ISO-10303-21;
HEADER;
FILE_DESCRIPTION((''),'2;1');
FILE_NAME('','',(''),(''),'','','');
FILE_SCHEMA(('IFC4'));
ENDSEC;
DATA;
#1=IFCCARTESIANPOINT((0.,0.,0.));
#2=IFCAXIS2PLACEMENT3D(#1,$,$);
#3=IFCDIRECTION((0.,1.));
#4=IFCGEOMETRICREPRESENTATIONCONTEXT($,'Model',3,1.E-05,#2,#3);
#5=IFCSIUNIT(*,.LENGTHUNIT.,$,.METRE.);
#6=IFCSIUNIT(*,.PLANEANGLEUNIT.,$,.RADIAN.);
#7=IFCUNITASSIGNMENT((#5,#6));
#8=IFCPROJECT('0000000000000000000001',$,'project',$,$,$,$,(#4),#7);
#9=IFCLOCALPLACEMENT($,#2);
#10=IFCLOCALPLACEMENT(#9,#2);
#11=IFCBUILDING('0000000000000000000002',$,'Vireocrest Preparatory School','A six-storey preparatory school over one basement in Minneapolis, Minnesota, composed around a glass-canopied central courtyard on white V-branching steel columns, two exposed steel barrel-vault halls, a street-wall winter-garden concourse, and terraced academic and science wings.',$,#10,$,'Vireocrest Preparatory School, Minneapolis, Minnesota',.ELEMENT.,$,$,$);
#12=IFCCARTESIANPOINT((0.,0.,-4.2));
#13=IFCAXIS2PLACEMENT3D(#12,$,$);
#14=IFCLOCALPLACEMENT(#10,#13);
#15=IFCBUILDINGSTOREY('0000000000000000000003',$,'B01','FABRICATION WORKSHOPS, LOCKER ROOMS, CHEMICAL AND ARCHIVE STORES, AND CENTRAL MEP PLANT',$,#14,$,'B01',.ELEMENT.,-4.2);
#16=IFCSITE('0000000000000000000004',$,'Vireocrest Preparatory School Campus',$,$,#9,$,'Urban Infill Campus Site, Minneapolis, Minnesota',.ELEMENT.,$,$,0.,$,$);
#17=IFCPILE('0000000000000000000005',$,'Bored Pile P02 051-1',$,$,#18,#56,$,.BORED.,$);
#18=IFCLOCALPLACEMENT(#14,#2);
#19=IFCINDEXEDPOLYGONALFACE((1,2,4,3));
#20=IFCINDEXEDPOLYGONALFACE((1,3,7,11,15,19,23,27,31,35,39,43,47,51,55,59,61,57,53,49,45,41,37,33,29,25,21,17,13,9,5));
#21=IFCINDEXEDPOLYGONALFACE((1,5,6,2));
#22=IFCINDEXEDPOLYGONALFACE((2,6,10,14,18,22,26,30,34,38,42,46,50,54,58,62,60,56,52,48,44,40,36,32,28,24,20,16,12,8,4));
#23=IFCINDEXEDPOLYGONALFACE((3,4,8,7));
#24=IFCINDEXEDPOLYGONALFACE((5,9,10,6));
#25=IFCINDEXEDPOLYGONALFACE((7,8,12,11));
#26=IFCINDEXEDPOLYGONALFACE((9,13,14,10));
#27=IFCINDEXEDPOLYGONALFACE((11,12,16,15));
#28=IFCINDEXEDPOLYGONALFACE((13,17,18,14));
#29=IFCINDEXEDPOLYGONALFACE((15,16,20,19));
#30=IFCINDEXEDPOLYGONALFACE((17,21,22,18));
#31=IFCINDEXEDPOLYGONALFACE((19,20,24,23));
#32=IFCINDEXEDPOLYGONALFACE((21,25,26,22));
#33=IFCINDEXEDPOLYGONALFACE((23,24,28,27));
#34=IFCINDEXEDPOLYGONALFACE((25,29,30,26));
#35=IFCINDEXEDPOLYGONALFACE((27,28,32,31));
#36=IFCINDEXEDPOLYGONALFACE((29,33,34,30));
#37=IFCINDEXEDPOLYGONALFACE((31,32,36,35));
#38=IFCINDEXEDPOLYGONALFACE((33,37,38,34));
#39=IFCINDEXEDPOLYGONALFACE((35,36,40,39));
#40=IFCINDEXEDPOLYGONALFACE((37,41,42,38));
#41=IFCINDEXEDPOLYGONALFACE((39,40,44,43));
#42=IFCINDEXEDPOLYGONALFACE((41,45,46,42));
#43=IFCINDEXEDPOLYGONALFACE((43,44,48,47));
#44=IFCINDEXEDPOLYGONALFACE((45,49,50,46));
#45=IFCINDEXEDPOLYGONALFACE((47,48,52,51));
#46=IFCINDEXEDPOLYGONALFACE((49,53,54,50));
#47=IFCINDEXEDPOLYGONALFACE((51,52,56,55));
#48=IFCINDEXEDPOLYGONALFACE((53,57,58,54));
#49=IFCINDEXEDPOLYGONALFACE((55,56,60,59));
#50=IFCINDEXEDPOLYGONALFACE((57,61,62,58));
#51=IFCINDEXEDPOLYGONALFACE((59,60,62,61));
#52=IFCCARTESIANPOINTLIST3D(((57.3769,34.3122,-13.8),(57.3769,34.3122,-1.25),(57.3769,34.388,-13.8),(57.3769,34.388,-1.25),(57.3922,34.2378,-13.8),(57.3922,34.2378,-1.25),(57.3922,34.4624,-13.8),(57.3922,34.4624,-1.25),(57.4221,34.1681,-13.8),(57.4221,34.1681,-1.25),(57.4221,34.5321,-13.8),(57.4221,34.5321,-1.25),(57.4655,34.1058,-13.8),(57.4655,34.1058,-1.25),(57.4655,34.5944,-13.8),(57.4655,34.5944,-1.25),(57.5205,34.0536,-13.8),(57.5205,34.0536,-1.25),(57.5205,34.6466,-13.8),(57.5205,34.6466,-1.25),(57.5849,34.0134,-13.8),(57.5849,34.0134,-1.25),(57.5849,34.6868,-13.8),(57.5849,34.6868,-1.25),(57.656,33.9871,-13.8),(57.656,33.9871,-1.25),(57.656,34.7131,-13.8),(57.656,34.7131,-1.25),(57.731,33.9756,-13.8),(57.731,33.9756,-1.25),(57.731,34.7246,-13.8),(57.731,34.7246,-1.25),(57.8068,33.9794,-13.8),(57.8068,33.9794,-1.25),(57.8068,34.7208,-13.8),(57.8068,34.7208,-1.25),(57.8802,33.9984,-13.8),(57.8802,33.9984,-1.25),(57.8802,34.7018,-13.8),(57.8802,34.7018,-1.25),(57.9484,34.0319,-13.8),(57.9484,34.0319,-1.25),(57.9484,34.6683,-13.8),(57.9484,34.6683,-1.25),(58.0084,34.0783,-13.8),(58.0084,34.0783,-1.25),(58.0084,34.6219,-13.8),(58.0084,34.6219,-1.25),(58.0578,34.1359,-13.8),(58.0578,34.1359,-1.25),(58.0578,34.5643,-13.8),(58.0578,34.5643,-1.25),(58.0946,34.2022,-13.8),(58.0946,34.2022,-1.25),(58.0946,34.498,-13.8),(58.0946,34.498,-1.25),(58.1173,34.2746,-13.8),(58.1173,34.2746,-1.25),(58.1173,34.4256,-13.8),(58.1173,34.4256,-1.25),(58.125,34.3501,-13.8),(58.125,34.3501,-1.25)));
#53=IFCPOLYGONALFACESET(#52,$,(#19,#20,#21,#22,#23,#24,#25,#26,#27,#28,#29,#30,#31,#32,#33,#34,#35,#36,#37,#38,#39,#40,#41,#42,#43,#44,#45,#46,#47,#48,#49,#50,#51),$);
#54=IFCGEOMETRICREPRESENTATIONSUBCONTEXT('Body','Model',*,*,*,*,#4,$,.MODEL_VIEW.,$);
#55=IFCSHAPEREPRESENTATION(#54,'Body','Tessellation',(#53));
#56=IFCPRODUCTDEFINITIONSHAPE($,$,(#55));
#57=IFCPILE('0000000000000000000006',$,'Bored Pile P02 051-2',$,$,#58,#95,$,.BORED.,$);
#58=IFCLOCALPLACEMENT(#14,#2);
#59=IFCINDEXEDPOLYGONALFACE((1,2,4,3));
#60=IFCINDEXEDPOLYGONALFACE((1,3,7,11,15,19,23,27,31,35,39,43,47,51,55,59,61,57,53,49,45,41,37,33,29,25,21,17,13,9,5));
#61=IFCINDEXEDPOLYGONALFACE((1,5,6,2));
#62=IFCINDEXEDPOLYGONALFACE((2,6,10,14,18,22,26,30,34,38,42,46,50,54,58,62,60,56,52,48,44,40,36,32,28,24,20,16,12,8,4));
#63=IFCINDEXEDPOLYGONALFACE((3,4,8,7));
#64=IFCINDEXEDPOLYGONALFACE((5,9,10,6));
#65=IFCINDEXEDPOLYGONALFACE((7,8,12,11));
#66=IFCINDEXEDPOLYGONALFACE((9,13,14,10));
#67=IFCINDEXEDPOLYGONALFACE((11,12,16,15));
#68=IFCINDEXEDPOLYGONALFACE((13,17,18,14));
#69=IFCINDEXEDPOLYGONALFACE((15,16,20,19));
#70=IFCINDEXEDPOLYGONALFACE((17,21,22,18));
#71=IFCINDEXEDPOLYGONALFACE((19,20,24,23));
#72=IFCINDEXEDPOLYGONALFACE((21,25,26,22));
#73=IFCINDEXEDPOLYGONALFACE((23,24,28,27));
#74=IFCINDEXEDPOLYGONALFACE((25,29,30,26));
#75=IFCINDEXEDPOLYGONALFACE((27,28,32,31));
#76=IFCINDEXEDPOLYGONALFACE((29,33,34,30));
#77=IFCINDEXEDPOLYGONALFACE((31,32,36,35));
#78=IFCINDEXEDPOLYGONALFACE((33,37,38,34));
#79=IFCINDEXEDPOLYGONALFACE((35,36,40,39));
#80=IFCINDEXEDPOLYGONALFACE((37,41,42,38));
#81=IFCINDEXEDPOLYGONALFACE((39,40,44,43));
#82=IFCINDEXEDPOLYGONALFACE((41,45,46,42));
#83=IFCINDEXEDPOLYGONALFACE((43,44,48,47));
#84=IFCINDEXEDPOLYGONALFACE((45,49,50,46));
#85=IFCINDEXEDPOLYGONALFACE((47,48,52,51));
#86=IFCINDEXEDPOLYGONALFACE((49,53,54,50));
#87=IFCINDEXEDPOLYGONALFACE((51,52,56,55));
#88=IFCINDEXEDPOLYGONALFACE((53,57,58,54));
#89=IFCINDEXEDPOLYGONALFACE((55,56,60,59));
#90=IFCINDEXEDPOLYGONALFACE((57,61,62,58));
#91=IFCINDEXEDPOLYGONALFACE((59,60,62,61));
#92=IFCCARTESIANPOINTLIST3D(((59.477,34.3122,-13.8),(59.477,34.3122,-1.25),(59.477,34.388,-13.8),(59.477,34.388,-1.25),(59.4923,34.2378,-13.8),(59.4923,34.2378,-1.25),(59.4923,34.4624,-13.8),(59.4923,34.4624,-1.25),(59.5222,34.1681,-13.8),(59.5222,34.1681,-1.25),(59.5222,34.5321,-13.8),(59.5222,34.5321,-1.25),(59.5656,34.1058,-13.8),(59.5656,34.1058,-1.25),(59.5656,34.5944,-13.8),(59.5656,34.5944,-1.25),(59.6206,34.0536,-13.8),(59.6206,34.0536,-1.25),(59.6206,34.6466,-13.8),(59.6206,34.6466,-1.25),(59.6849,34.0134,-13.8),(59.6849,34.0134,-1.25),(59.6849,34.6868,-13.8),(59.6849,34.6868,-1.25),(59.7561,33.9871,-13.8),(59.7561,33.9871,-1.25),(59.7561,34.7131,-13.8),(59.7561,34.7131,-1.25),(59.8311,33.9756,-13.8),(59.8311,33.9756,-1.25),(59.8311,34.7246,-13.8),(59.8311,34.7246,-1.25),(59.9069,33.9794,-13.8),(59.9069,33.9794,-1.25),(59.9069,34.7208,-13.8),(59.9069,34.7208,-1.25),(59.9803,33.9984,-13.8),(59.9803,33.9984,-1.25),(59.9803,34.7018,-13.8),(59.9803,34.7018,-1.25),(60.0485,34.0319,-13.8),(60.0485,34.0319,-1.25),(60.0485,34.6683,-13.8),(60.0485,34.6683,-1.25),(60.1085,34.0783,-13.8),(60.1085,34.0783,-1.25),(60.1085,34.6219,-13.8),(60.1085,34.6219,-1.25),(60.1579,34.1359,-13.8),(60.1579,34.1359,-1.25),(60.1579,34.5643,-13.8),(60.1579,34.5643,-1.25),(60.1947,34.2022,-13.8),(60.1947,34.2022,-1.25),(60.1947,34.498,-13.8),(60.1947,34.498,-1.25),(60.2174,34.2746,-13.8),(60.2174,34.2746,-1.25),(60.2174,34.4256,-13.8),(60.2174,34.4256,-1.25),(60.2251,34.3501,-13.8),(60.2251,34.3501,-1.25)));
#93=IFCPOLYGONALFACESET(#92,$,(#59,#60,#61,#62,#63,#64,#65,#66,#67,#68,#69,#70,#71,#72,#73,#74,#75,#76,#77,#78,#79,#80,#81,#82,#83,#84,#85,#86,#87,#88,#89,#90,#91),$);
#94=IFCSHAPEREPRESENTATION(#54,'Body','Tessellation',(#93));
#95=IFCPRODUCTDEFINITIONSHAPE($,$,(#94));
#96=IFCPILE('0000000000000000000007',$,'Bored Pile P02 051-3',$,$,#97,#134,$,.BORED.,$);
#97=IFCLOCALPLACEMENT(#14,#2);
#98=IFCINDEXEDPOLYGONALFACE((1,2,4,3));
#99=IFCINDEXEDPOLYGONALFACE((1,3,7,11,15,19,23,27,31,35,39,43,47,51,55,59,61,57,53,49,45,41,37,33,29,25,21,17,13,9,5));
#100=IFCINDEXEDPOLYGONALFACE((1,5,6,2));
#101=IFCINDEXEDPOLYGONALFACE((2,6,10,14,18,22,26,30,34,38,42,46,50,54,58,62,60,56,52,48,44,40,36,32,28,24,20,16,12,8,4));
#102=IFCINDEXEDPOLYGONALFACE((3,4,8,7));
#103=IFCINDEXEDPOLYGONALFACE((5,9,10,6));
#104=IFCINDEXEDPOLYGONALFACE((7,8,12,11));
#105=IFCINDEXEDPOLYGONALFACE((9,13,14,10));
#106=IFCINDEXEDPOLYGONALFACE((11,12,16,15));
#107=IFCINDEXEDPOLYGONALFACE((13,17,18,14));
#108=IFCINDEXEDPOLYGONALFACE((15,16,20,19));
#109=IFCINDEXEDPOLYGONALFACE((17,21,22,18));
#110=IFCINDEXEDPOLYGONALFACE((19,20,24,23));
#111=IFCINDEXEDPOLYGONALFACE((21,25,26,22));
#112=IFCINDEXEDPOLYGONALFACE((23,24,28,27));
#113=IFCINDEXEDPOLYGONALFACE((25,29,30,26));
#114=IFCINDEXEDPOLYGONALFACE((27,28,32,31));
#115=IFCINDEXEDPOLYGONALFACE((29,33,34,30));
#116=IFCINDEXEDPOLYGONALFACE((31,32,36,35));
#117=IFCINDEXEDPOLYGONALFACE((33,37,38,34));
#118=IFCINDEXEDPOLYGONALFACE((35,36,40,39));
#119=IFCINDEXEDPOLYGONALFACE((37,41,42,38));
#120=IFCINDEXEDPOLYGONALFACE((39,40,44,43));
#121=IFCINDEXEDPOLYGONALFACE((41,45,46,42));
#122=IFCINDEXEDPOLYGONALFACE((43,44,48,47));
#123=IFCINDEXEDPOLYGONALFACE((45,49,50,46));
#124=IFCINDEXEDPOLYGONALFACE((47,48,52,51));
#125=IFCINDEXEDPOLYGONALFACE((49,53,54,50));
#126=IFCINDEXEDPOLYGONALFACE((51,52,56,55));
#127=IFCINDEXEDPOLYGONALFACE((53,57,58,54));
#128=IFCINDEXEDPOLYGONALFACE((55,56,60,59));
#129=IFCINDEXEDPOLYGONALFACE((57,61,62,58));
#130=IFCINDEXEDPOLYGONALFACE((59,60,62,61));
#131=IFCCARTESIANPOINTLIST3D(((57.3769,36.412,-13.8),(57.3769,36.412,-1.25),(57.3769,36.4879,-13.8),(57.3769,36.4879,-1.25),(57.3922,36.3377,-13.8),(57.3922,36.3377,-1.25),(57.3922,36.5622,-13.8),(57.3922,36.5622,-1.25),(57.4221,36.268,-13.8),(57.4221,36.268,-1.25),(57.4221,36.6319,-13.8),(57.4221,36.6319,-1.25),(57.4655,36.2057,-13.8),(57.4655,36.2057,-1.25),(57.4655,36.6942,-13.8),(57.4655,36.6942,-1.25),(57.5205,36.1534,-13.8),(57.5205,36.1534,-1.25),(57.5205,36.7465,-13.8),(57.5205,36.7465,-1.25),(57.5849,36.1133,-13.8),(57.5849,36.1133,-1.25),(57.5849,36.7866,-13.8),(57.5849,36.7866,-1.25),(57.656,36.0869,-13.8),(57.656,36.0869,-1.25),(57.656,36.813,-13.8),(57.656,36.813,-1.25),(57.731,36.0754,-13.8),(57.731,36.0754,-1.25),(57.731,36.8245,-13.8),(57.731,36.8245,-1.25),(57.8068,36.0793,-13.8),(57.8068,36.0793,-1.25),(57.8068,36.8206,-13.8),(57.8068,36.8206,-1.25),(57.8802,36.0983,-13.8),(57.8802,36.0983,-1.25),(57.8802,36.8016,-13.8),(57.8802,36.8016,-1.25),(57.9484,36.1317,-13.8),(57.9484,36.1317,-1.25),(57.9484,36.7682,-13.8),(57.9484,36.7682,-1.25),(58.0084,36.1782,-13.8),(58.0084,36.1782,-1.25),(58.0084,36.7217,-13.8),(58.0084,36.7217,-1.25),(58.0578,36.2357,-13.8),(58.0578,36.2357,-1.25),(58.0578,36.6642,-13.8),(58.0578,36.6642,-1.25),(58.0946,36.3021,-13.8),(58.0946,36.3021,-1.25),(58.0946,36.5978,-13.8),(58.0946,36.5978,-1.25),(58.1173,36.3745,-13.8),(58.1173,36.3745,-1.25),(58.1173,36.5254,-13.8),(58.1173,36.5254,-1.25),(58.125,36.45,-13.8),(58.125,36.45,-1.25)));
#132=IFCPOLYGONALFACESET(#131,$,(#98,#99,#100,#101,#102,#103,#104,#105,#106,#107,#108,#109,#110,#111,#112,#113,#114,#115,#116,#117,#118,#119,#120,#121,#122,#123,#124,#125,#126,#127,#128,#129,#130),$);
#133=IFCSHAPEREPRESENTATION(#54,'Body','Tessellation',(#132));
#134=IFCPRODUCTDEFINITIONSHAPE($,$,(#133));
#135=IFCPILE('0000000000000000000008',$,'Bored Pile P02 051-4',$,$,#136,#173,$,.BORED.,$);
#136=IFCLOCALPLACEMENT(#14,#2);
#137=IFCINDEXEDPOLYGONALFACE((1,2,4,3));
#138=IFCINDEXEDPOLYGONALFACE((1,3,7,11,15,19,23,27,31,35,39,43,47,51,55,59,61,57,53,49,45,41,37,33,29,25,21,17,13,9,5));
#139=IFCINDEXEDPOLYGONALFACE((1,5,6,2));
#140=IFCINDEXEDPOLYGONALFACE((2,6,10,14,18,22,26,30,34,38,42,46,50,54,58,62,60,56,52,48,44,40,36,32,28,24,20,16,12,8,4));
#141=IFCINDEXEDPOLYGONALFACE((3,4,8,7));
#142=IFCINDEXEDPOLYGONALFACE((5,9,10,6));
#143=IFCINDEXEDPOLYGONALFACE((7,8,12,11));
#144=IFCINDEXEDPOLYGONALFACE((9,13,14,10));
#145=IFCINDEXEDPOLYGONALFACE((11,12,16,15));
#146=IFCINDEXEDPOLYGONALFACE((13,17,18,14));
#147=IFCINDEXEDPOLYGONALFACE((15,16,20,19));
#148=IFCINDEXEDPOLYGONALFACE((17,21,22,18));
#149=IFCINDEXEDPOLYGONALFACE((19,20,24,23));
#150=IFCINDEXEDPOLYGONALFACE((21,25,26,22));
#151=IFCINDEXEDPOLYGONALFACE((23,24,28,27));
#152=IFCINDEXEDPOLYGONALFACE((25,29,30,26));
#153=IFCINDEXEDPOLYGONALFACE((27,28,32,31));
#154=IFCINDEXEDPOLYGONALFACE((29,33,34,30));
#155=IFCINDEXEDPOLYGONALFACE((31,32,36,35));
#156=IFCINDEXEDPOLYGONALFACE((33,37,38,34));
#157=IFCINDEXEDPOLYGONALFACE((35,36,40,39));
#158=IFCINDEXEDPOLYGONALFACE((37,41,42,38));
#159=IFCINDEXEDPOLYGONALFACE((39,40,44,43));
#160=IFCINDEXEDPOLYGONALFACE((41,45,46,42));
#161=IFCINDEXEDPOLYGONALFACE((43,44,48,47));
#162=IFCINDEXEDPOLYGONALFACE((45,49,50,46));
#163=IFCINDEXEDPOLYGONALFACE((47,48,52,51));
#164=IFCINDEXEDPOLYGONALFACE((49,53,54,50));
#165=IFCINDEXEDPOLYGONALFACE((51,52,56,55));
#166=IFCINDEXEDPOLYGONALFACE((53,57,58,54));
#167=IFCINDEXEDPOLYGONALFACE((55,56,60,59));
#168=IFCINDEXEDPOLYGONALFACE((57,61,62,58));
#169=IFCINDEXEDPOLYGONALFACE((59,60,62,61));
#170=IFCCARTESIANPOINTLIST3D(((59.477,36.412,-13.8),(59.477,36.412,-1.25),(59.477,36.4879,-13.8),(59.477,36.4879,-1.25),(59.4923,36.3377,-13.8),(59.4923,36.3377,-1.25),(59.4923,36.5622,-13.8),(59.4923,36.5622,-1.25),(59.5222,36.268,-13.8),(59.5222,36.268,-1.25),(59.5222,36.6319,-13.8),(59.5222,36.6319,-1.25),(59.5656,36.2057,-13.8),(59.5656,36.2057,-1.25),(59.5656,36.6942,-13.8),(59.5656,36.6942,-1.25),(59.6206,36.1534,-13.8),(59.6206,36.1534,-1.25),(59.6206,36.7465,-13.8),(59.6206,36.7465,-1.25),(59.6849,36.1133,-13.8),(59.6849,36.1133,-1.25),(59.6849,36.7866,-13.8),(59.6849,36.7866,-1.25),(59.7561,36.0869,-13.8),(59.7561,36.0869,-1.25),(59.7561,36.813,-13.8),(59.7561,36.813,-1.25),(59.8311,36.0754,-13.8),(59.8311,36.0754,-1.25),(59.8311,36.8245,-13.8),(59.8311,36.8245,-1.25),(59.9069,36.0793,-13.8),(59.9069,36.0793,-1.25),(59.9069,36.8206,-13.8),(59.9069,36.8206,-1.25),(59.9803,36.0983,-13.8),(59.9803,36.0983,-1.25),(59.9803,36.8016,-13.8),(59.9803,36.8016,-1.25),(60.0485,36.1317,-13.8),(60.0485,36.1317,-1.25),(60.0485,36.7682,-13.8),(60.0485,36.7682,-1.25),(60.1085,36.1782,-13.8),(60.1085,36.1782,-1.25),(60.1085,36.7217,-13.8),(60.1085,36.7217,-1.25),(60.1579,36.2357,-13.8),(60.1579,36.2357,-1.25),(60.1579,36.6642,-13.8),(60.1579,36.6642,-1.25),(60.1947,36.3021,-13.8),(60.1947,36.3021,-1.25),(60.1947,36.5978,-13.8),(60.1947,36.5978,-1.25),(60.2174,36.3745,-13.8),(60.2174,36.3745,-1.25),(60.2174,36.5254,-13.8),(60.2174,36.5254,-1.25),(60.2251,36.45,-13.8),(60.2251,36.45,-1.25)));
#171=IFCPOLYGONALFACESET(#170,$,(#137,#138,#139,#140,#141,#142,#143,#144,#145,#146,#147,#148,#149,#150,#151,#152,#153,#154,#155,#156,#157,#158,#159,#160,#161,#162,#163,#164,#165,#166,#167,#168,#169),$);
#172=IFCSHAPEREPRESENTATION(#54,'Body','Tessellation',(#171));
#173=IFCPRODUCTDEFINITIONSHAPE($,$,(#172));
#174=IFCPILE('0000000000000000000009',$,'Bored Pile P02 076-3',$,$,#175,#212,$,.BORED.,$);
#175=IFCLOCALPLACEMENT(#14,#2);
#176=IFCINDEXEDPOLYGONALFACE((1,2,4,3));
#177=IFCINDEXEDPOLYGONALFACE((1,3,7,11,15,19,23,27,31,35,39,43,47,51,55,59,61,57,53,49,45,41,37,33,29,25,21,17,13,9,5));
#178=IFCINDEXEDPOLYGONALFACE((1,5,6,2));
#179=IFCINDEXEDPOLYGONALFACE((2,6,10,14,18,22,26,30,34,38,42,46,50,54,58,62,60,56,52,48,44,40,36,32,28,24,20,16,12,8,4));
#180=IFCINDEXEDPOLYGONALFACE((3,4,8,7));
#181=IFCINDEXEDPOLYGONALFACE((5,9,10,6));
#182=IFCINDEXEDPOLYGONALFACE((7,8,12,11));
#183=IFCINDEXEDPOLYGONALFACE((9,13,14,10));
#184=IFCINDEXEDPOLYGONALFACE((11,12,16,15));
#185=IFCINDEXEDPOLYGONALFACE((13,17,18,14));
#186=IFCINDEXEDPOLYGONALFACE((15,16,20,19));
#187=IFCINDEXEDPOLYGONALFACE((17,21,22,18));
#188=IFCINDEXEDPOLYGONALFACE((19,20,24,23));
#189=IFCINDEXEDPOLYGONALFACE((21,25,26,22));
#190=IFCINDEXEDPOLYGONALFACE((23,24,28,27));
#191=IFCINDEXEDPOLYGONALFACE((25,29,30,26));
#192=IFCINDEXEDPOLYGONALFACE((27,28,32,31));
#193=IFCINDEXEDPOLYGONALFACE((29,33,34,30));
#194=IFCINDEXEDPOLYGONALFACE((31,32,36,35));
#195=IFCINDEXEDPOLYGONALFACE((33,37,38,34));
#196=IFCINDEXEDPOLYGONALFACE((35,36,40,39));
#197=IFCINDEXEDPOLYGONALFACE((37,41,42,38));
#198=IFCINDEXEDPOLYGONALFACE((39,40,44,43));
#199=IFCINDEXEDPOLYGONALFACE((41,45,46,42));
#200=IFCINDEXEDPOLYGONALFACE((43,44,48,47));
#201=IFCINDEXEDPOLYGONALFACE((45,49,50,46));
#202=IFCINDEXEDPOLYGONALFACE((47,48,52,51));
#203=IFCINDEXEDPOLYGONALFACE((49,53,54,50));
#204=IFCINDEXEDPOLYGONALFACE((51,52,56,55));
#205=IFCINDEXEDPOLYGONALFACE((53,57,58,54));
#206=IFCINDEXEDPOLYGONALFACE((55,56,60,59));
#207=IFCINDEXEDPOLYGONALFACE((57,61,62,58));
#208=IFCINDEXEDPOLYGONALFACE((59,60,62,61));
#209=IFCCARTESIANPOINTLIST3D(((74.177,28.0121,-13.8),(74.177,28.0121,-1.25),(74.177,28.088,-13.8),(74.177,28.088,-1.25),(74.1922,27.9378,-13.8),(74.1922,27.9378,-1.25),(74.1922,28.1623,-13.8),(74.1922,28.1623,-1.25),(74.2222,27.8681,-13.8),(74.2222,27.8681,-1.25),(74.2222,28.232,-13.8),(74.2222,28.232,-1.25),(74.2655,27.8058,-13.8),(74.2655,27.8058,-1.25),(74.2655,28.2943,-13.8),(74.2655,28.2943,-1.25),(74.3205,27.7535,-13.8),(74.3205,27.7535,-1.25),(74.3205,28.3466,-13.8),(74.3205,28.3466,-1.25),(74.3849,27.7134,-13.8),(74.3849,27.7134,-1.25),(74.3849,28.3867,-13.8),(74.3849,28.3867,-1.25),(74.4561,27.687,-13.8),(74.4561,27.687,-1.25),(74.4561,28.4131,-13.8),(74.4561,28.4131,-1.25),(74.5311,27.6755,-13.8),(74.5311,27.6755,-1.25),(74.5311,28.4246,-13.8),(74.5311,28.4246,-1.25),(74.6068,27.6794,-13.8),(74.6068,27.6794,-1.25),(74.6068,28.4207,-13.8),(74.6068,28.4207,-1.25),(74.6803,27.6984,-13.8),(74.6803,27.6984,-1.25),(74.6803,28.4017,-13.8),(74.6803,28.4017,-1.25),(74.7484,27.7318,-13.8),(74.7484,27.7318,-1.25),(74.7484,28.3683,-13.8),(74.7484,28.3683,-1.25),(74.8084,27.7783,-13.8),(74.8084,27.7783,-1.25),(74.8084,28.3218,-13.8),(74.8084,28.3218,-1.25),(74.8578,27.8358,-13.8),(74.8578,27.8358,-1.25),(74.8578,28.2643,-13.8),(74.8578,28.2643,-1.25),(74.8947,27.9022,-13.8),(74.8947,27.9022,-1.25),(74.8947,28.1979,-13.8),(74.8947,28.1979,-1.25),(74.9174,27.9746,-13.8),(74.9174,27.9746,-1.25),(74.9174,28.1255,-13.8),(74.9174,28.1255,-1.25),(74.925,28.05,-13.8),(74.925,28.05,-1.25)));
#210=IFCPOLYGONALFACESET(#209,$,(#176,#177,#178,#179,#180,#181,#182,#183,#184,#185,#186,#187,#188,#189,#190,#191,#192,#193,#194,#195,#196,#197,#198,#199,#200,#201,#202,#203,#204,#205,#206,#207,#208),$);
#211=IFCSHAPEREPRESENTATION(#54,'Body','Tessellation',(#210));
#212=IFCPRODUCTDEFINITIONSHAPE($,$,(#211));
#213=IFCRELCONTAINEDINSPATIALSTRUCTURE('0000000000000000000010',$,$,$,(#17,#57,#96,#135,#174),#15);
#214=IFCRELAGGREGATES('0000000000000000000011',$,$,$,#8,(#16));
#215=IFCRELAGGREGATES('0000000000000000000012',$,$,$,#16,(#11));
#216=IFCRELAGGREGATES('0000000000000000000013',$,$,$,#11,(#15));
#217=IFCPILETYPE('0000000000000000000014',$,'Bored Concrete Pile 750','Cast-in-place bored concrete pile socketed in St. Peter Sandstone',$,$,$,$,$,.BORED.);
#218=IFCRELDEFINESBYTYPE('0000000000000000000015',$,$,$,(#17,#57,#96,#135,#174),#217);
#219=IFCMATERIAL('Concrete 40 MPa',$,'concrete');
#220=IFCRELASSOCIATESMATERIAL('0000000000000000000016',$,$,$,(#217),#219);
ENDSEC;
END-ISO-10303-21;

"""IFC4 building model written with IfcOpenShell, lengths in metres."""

from ifc_helpers import new_model, si_unit, direction, frame, origin, origin_2d, place, context, subcontext, project, spatial, circle, extrude, material, material_profile, profile_set, type_object, element, save


model = new_model("IFC4")

# Units and contexts
model_context = context("Model", 3, precision=1e-05, world=origin(), true_north=direction((0.0, 1.0)))
body_context = subcontext(model_context, "Body", "Model", "MODEL_VIEW")
ifc_project = project(units=[si_unit("LENGTHUNIT", "METRE"), si_unit("PLANEANGLEUNIT", "RADIAN")], contexts=[model_context])

# Site, building, storey
site_placement = place(None, origin())
site = spatial("IfcSite", under=ifc_project, at=site_placement, Name="Vireocrest Preparatory School Campus", LongName="Urban Infill Campus Site, Minneapolis, Minnesota", CompositionType="ELEMENT", RefElevation=0.0)
building_placement = place(site_placement, origin())
building = spatial("IfcBuilding", under=site, at=building_placement, Name="Vireocrest Preparatory School", Description="A six-storey preparatory school over one basement in Minneapolis, Minnesota, composed around a glass-canopied central courtyard on white V-branching steel columns, two exposed steel barrel-vault halls, a street-wall winter-garden concourse, and terraced academic and science wings.", LongName="Vireocrest Preparatory School, Minneapolis, Minnesota", CompositionType="ELEMENT")
storey_placement = place(building_placement, frame((0.0, 0.0, -4.2)))
storey = spatial("IfcBuildingStorey", under=building, at=storey_placement, Name="B01", Description="FABRICATION WORKSHOPS, LOCKER ROOMS, CHEMICAL AND ARCHIVE STORES, AND CENTRAL MEP PLANT", LongName="B01", CompositionType="ELEMENT", Elevation=-4.2)

# Piles
ifc_material_1 = material(Name="Concrete 40 MPa", Category="concrete")
ifc_material_profile_1 = material_profile(ifc_material_1, circle(Radius=0.375, at=origin_2d()), Name="BORED PILE 750")
ifc_profile_set_1 = profile_set([ifc_material_profile_1], Name="Concrete 40 MPa")
pile_type_1 = type_object("IfcPileType", Name="Bored Concrete Pile 750", Description="Cast-in-place bored concrete pile socketed in St. Peter Sandstone", PredefinedType="BORED", material=ifc_profile_set_1)
for number, where, z_axis, x_axis, name in (
    (1, (57.75, 34.3501, -1.25), (0.0, 0.0, -1.0), (1.0, 0.0, 0.0), "Bored Pile P02 051-1"),
    (2, (59.8501, 34.3501, -1.25), (0.0, 0.0, -1.0), (1.0, 0.0, 0.0), "Bored Pile P02 051-2"),
    (3, (57.75, 36.45, -1.25), (0.0, 0.0, -1.0), (1.0, 0.0, 0.0), "Bored Pile P02 051-3"),
    (4, (59.8501, 36.45, -1.25), (0.0, 0.0, -1.0), (1.0, 0.0, 0.0), "Bored Pile P02 051-4"),
    (5, (74.55, 28.05, -1.25), (0.0, 0.0, -1.0), (1.0, 0.0, 0.0), "Bored Pile P02 076-3"),
):
    element("IfcPile", number, at=place(storey_placement, frame(where, z_axis=z_axis, x_axis=x_axis)), inside=storey, type_object=pile_type_1, Name=name, PredefinedType="BORED", context=body_context, shape_type="SweptSolid", body=[
        extrude(circle(Radius=0.375, at=origin_2d()), origin(), (0.0, 0.0, 1.0), 12.55),
    ])

save(model, "model.ifc")
